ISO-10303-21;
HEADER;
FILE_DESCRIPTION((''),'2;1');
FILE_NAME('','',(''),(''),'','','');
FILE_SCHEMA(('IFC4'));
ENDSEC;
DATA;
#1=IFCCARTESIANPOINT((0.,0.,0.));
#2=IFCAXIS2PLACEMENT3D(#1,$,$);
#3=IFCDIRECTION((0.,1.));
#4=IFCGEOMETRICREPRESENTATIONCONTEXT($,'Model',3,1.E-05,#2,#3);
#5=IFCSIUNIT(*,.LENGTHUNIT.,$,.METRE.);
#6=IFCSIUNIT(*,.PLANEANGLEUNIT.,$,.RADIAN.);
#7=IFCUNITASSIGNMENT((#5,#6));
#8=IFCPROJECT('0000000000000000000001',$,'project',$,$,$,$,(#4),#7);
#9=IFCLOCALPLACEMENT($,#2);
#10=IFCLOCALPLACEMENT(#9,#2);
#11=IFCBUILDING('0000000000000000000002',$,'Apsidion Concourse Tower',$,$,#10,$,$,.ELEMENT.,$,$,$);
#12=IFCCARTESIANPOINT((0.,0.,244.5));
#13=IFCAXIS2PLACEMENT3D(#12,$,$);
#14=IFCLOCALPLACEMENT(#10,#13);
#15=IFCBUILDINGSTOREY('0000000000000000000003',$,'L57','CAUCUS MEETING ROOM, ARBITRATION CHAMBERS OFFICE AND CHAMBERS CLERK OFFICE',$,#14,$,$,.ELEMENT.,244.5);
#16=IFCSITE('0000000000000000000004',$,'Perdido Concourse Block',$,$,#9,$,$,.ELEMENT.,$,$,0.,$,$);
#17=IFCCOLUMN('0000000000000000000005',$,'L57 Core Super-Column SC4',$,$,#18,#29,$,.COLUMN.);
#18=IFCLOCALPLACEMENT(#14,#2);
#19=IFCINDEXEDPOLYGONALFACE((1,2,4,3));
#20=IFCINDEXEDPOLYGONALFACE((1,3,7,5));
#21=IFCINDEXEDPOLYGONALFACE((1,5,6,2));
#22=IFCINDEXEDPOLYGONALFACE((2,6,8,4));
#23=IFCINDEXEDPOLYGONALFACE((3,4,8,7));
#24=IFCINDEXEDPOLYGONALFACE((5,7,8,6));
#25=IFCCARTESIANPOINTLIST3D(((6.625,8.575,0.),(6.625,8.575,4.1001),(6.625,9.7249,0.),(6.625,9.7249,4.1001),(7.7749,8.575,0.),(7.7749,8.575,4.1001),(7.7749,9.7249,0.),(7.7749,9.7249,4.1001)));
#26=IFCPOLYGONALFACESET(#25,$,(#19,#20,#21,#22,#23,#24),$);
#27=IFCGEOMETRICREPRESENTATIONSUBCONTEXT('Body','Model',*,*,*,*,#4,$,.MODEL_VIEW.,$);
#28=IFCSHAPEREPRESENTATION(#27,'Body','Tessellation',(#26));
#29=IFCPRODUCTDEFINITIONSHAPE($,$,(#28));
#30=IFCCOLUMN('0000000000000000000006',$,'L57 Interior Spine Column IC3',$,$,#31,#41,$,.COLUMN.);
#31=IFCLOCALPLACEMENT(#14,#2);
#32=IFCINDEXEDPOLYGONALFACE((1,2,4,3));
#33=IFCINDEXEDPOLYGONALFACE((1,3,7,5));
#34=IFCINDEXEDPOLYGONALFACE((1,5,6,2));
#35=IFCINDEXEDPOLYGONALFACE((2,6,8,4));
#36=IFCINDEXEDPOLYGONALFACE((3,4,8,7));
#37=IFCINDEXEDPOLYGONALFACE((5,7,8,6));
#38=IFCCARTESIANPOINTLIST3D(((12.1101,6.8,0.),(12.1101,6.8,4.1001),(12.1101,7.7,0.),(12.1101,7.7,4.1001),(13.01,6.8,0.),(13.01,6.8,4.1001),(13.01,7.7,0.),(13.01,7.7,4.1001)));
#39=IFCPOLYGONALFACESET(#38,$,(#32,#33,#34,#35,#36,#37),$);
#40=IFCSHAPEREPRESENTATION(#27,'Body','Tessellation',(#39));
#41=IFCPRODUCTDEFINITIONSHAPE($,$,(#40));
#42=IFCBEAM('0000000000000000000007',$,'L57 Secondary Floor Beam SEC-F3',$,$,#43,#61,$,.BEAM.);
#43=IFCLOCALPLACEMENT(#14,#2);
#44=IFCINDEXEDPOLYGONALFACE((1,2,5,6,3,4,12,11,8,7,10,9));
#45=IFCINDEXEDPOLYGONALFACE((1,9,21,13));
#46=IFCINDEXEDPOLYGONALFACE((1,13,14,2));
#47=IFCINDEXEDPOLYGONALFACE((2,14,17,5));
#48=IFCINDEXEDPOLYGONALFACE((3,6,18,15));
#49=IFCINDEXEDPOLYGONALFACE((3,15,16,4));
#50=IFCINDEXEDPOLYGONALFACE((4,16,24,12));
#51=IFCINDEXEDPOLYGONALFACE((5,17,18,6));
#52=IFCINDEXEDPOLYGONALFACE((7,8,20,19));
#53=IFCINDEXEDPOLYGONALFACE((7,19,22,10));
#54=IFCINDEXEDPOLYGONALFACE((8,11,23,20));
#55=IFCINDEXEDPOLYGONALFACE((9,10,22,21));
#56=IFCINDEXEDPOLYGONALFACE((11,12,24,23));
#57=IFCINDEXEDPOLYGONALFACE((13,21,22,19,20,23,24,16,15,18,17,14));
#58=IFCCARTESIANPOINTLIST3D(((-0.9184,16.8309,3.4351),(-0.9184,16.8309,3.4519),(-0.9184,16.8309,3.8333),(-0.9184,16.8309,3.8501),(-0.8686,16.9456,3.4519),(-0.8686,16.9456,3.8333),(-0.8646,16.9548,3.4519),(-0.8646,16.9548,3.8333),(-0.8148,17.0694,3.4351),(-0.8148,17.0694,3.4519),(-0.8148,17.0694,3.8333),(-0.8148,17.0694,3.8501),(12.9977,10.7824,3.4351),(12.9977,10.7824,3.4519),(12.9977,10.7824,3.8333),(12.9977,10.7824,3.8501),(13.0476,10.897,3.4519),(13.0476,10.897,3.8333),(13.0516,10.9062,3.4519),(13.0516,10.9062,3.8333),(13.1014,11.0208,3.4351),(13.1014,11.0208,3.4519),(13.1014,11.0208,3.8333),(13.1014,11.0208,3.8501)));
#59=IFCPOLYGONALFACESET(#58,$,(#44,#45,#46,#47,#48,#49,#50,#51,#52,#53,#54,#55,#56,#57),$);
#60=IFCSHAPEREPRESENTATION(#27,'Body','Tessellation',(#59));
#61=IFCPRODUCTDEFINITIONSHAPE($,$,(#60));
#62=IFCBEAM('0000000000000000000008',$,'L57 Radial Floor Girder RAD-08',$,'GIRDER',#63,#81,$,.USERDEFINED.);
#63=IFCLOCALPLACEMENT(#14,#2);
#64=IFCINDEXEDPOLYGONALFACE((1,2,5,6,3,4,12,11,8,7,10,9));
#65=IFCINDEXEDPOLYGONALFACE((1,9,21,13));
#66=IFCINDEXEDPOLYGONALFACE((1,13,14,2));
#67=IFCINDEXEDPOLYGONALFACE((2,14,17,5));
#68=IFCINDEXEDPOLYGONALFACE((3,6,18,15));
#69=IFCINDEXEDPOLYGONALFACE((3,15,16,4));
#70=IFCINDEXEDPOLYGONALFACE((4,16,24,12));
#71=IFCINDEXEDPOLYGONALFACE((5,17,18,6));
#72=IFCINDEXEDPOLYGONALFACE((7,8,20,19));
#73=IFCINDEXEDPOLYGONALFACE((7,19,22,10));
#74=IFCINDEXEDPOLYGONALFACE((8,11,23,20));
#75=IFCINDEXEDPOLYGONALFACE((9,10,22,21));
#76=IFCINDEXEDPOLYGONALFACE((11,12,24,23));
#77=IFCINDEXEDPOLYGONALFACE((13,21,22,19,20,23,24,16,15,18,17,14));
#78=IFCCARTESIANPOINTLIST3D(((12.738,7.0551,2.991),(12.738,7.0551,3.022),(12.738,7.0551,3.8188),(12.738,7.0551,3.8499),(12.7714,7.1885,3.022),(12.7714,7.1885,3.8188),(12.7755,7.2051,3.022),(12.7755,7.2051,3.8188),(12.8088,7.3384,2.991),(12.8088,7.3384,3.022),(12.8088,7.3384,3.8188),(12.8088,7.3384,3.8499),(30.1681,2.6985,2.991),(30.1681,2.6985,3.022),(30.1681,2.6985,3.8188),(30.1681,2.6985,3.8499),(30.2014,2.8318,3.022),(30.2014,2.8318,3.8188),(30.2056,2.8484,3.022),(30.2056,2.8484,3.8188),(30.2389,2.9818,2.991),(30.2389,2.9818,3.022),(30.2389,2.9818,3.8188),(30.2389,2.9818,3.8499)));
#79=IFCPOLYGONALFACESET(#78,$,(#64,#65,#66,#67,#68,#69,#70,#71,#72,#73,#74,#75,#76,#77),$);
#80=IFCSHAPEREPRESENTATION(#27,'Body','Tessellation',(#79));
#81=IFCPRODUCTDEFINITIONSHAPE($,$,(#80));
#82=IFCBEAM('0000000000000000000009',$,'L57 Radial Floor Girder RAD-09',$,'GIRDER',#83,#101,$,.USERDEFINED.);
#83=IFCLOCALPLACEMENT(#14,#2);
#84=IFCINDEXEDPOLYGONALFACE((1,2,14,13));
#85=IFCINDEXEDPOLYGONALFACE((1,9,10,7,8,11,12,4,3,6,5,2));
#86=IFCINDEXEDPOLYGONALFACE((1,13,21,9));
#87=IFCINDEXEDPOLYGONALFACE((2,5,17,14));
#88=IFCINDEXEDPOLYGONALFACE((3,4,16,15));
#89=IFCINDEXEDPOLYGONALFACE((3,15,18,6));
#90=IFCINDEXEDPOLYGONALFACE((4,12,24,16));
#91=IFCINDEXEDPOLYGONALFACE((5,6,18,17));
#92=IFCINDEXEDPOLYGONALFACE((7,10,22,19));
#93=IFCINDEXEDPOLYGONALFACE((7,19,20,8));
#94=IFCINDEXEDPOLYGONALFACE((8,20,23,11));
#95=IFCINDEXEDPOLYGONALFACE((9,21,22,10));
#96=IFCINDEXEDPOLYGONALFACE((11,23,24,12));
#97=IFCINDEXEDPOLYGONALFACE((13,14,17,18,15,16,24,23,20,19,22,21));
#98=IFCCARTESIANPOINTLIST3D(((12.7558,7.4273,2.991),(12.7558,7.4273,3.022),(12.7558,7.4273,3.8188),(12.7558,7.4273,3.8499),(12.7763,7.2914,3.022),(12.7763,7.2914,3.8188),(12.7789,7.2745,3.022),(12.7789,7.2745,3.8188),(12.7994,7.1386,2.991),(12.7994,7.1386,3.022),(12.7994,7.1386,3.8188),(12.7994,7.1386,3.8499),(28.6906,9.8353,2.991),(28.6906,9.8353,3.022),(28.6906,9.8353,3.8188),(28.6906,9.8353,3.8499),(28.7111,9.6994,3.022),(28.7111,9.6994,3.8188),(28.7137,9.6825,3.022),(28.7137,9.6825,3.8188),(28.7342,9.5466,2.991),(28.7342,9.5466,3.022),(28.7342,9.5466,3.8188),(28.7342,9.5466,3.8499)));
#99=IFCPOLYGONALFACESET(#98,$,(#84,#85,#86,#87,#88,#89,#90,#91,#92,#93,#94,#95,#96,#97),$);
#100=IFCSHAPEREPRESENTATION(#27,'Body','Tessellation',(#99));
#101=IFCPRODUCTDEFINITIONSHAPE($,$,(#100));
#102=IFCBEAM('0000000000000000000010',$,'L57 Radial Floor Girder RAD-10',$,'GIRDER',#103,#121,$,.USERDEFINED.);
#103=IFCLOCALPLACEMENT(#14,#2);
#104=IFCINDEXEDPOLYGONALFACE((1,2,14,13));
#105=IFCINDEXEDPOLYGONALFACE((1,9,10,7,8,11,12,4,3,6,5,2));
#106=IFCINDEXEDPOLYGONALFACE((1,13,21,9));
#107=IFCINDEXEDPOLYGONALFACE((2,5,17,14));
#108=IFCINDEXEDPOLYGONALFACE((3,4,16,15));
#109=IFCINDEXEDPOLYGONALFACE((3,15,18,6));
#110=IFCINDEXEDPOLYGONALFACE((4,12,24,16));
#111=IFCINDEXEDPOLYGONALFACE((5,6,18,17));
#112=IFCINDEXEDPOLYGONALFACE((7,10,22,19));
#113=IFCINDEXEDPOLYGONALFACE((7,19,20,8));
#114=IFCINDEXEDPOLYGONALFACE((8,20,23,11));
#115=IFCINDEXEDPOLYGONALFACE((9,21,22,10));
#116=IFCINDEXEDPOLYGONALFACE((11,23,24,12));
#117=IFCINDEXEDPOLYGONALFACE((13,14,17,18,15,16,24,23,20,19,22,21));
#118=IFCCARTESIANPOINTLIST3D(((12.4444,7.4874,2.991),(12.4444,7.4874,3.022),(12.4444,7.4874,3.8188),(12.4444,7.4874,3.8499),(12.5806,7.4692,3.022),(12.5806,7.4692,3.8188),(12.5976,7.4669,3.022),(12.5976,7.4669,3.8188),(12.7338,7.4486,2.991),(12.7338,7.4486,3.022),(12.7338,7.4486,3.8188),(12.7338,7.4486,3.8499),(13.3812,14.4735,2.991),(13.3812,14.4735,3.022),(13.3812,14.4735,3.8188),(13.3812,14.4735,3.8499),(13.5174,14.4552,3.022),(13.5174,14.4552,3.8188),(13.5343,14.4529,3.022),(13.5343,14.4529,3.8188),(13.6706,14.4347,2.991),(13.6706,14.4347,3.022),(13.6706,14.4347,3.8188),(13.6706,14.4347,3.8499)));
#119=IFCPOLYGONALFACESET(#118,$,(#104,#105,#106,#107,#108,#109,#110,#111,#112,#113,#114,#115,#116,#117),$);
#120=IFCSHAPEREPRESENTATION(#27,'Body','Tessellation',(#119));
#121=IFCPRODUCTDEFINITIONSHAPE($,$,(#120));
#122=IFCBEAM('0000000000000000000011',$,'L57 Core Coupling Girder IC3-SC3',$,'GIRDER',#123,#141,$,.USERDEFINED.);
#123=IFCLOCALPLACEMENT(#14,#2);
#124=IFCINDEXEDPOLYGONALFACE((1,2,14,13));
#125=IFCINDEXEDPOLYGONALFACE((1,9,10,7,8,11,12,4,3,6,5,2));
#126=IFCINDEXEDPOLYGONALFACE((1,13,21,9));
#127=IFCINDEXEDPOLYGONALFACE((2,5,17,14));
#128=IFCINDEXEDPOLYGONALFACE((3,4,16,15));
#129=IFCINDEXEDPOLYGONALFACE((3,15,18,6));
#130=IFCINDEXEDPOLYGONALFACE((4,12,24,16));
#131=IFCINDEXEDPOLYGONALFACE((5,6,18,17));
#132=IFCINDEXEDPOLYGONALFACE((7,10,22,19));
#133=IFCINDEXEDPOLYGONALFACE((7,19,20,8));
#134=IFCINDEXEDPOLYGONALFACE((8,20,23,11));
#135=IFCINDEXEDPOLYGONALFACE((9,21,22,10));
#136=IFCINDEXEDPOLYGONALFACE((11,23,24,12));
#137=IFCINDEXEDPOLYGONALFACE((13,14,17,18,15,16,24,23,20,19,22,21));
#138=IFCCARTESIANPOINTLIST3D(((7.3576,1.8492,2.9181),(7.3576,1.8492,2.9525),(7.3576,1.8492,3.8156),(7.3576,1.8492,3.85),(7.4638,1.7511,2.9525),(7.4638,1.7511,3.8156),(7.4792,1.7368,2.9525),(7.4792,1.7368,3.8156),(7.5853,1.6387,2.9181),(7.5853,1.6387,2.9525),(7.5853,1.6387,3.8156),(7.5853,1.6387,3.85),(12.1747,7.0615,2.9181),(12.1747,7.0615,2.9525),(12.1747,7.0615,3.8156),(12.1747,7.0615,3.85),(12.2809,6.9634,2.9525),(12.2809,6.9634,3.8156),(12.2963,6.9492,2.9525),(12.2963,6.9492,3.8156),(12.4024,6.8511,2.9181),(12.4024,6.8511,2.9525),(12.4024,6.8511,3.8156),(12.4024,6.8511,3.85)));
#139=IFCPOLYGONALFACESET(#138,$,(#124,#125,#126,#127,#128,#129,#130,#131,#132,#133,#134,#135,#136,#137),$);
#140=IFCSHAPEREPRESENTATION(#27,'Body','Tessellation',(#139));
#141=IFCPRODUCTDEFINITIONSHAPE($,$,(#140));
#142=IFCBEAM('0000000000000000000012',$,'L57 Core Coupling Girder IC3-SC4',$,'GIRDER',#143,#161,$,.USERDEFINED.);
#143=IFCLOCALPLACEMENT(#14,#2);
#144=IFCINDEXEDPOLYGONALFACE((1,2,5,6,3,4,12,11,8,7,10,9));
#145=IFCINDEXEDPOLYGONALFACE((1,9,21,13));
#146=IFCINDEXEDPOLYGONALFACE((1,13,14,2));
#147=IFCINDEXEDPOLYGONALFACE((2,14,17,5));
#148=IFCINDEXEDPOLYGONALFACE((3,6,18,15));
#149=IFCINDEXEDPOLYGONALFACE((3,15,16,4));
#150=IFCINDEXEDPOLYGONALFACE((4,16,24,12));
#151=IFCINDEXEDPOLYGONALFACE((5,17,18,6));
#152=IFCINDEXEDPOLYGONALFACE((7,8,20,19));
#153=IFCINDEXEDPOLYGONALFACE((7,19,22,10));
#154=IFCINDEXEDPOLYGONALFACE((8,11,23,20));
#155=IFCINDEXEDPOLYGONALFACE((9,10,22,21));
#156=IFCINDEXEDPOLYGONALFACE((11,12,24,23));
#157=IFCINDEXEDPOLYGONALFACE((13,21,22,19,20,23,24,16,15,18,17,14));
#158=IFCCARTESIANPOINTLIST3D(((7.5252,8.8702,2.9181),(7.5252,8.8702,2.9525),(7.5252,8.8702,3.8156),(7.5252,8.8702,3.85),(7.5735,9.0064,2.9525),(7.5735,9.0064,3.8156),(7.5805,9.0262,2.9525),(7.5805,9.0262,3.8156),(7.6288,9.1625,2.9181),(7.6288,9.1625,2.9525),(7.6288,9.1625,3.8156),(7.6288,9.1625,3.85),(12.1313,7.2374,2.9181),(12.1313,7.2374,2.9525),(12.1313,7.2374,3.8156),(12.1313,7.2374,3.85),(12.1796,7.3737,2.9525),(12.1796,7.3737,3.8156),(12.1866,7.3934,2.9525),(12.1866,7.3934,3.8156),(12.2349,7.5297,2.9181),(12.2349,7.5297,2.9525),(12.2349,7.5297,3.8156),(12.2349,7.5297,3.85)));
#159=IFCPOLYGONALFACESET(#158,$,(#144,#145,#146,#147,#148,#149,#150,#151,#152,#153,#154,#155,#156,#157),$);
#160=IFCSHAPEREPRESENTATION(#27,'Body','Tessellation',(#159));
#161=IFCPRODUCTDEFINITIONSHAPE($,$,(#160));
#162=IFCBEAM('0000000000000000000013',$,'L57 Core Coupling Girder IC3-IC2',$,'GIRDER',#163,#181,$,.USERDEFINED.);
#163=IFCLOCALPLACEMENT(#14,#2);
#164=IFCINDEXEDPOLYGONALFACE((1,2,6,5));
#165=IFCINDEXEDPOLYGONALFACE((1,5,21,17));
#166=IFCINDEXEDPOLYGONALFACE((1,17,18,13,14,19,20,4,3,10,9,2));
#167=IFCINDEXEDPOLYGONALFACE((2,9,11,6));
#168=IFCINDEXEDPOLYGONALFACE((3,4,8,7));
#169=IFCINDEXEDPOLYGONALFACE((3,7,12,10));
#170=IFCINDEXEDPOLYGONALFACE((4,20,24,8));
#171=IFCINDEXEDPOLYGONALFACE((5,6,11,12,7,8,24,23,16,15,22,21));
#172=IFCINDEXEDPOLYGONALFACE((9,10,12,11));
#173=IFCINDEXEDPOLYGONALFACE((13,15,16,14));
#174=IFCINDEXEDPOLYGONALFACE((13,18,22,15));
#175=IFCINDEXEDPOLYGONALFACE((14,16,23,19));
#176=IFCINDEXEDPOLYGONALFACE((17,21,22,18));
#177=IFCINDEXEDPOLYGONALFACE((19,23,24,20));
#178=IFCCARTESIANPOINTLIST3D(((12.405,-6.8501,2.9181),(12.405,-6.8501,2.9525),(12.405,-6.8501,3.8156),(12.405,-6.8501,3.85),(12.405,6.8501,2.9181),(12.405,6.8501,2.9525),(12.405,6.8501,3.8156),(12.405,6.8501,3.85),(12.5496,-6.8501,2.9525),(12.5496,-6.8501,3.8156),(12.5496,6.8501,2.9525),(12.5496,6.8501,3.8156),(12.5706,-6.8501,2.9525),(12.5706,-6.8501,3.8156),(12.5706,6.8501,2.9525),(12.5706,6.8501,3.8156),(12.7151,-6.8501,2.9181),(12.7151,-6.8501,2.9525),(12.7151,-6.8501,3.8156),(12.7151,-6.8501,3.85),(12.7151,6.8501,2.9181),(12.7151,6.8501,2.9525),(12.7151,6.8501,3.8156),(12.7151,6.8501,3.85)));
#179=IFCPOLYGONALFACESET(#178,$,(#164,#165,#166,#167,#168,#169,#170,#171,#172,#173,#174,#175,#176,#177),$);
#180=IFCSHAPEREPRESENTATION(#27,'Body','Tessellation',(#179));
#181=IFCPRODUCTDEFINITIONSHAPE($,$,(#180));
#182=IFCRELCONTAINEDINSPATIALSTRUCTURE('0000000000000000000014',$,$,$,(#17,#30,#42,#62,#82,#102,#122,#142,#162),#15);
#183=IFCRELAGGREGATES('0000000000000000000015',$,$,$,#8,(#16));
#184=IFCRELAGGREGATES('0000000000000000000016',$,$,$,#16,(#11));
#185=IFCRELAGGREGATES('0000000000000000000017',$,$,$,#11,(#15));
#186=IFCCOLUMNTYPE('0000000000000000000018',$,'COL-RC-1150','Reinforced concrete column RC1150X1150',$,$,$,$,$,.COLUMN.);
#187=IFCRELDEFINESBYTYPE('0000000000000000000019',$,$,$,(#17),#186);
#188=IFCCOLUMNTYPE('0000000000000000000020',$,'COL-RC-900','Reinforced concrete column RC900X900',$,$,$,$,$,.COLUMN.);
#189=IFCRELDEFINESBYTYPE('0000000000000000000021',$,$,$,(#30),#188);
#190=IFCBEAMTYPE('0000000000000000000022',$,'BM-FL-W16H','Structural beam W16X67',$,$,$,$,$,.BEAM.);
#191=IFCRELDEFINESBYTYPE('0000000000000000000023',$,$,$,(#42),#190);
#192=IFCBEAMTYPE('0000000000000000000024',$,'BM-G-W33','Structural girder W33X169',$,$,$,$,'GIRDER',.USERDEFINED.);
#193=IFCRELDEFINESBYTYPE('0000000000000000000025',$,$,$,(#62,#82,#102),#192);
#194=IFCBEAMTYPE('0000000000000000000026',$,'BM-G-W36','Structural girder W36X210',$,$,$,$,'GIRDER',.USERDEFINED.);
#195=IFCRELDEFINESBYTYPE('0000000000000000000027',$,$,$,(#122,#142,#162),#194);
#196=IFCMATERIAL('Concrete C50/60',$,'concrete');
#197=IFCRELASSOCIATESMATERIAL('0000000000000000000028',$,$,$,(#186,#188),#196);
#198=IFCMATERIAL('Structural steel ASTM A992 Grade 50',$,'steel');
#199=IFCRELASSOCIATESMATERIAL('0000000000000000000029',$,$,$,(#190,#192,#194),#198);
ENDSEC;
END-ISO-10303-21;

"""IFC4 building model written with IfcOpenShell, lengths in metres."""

from ifc_helpers import new_model, si_unit, direction, frame, origin, origin_2d, place, context, subcontext, project, spatial, rectangle, i_section, extrude, material, material_profile, profile_set, type_object, element, save


model = new_model("IFC4")

# Units and contexts
model_context = context("Model", 3, precision=1e-05, world=origin(), true_north=direction((0.0, 1.0)))
body_context = subcontext(model_context, "Body", "Model", "MODEL_VIEW")
ifc_project = project(units=[si_unit("LENGTHUNIT", "METRE"), si_unit("PLANEANGLEUNIT", "RADIAN")], contexts=[model_context])

# Site, building, storey
site_placement = place(None, origin())
site = spatial("IfcSite", under=ifc_project, at=site_placement, Name="Perdido Concourse Block", CompositionType="ELEMENT", RefElevation=0.0)
building_placement = place(site_placement, origin())
building = spatial("IfcBuilding", under=site, at=building_placement, Name="Apsidion Concourse Tower", CompositionType="ELEMENT")
storey_placement = place(building_placement, frame((0.0, 0.0, 244.5)))
storey = spatial("IfcBuildingStorey", under=building, at=storey_placement, Name="L57", Description="CAUCUS MEETING ROOM, ARBITRATION CHAMBERS OFFICE AND CHAMBERS CLERK OFFICE", CompositionType="ELEMENT", Elevation=244.5)

# Columns
ifc_material_1 = material(Name="Concrete C50/60", Category="concrete")
ifc_material_profile_1 = material_profile(ifc_material_1, rectangle(XDim=1.1499, YDim=1.1499, at=origin_2d()), Name="RC 1150x1150")
ifc_profile_set_1 = profile_set([ifc_material_profile_1], Name="Concrete C50/60")
column_type_1 = type_object("IfcColumnType", Name="COL-RC-1150", Description="Reinforced concrete column RC1150X1150", PredefinedType="COLUMN", material=ifc_profile_set_1)
column_1_placement = place(storey_placement, frame((7.2, 9.1499, 0.0), z_axis=(0.0, 0.0, 1.0), x_axis=(1.0, 0.0, 0.0)))
element("IfcColumn", 1, at=column_1_placement, inside=storey, type_object=column_type_1, Name="L57 Core Super-Column SC4", PredefinedType="COLUMN", context=body_context, shape_type="SweptSolid", body=[
    extrude(rectangle(XDim=1.1499, YDim=1.1499, at=origin_2d()), origin(), (0.0, 0.0, 1.0), 4.1001),
])
ifc_material_profile_2 = material_profile(ifc_material_1, rectangle(XDim=0.8999, YDim=0.8999, at=origin_2d()), Name="RC 900x900")
ifc_profile_set_2 = profile_set([ifc_material_profile_2], Name="Concrete C50/60")
column_type_2 = type_object("IfcColumnType", Name="COL-RC-900", Description="Reinforced concrete column RC900X900", PredefinedType="COLUMN", material=ifc_profile_set_2)
column_2_placement = place(storey_placement, frame((12.5601, 7.25, 0.0), z_axis=(0.0, 0.0, 1.0), x_axis=(1.0, 0.0, 0.0)))
element("IfcColumn", 2, at=column_2_placement, inside=storey, type_object=column_type_2, Name="L57 Interior Spine Column IC3", PredefinedType="COLUMN", context=body_context, shape_type="SweptSolid", body=[
    extrude(rectangle(XDim=0.8999, YDim=0.8999, at=origin_2d()), origin(), (0.0, 0.0, 1.0), 4.1001),
])

# Beams
ifc_material_2 = material(Name="Structural steel ASTM A992 Grade 50", Category="steel")
ifc_material_profile_3 = material_profile(ifc_material_2, i_section(OverallWidth=0.26, OverallDepth=0.415, WebThickness=0.01, FlangeThickness=0.0168, at=origin_2d()), Name="W16X67")
ifc_profile_set_3 = profile_set([ifc_material_profile_3], Name="Structural steel ASTM A992 Grade 50")
beam_type_1 = type_object("IfcBeamType", Name="BM-FL-W16H", Description="Structural beam W16X67", PredefinedType="BEAM", material=ifc_profile_set_3)
beam_1_placement = place(storey_placement, frame((13.0496, 10.9016, 3.6426), z_axis=(-0.917117, 0.398617, 0.0), x_axis=(-0.398617, -0.917117, 0.0)))
element("IfcBeam", 3, at=beam_1_placement, inside=storey, type_object=beam_type_1, Name="L57 Secondary Floor Beam SEC-F3", PredefinedType="BEAM", context=body_context, shape_type="SweptSolid", body=[
    extrude(i_section(OverallWidth=0.26, OverallDepth=0.415, WebThickness=0.01, FlangeThickness=0.0168, at=origin_2d()), origin(), (0.0, 0.0, 1.0), 15.1738),
])
ifc_material_profile_4 = material_profile(ifc_material_2, i_section(OverallWidth=0.292, OverallDepth=0.8589, WebThickness=0.0171, FlangeThickness=0.031, at=origin_2d()), Name="W33X169")
ifc_profile_set_4 = profile_set([ifc_material_profile_4], Name="Structural steel ASTM A992 Grade 50")
beam_type_2 = type_object("IfcBeamType", Name="BM-G-W33", Description="Structural girder W33X169", ElementType="GIRDER", PredefinedType="USERDEFINED", material=ifc_profile_set_4)
beam_2_placement = place(storey_placement, frame((12.7734, 7.1968, 3.4204), z_axis=(0.970154, -0.242491, 0.0), x_axis=(0.242491, 0.970154, 0.0)))
element("IfcBeam", 4, at=beam_2_placement, inside=storey, type_object=beam_type_2, Name="L57 Radial Floor Girder RAD-08", ObjectType="GIRDER", PredefinedType="USERDEFINED", context=body_context, shape_type="SweptSolid", body=[
    extrude(i_section(OverallWidth=0.292, OverallDepth=0.8589, WebThickness=0.0171, FlangeThickness=0.031, at=origin_2d()), origin(), (0.0, 0.0, 1.0), 17.9663),
])
beam_3_placement = place(storey_placement, frame((12.7776, 7.283, 3.4204), z_axis=(0.988774, 0.149417, 0.0), x_axis=(-0.149417, 0.988774, 0.0)))
element("IfcBeam", 5, at=beam_3_placement, inside=storey, type_object=beam_type_2, Name="L57 Radial Floor Girder RAD-09", ObjectType="GIRDER", PredefinedType="USERDEFINED", context=body_context, shape_type="SweptSolid", body=[
    extrude(i_section(OverallWidth=0.292, OverallDepth=0.8589, WebThickness=0.0171, FlangeThickness=0.031, at=origin_2d()), origin(), (0.0, 0.0, 1.0), 16.1157),
])
beam_4_placement = place(storey_placement, frame((12.5891, 7.468, 3.4204), z_axis=(0.132901, 0.991129, 0.0), x_axis=(-0.991129, 0.132901, 0.0)))
element("IfcBeam", 6, at=beam_4_placement, inside=storey, type_object=beam_type_2, Name="L57 Radial Floor Girder RAD-10", ObjectType="GIRDER", PredefinedType="USERDEFINED", context=body_context, shape_type="SweptSolid", body=[
    extrude(i_section(OverallWidth=0.292, OverallDepth=0.8589, WebThickness=0.0171, FlangeThickness=0.031, at=origin_2d()), origin(), (0.0, 0.0, 1.0), 7.0486),
])
ifc_material_profile_5 = material_profile(ifc_material_2, i_section(OverallWidth=0.3101, OverallDepth=0.9319, WebThickness=0.021, FlangeThickness=0.0344, at=origin_2d()), Name="W36X210")
ifc_profile_set_5 = profile_set([ifc_material_profile_5], Name="Structural steel ASTM A992 Grade 50")
beam_type_3 = type_object("IfcBeamType", Name="BM-G-W36", Description="Structural girder W36X210", ElementType="GIRDER", PredefinedType="USERDEFINED", material=ifc_profile_set_5)
beam_5_placement = place(storey_placement, frame((12.2886, 6.9563, 3.384), z_axis=(-0.678713, -0.734404, 0.0), x_axis=(0.734404, -0.678713, 0.0)))
element("IfcBeam", 7, at=beam_5_placement, inside=storey, type_object=beam_type_3, Name="L57 Core Coupling Girder IC3-SC3", ObjectType="GIRDER", PredefinedType="USERDEFINED", context=body_context, shape_type="SweptSolid", body=[
    extrude(i_section(OverallWidth=0.3101, OverallDepth=0.9319, WebThickness=0.021, FlangeThickness=0.0344, at=origin_2d()), origin(), (0.0, 0.0, 1.0), 7.0974),
])
beam_6_placement = place(storey_placement, frame((12.1831, 7.3835, 3.384), z_axis=(-0.942534, 0.334111, 0.0), x_axis=(-0.334111, -0.942534, 0.0)))
element("IfcBeam", 8, at=beam_6_placement, inside=storey, type_object=beam_type_3, Name="L57 Core Coupling Girder IC3-SC4", ObjectType="GIRDER", PredefinedType="USERDEFINED", context=body_context, shape_type="SweptSolid", body=[
    extrude(i_section(OverallWidth=0.3101, OverallDepth=0.9319, WebThickness=0.021, FlangeThickness=0.0344, at=origin_2d()), origin(), (0.0, 0.0, 1.0), 4.887),
])
beam_7_placement = place(storey_placement, frame((12.5601, 6.8501, 3.384), z_axis=(0.0, -1.0, 0.0), x_axis=(1.0, 0.0, 0.0)))
element("IfcBeam", 9, at=beam_7_placement, inside=storey, type_object=beam_type_3, Name="L57 Core Coupling Girder IC3-IC2", ObjectType="GIRDER", PredefinedType="USERDEFINED", context=body_context, shape_type="SweptSolid", body=[
    extrude(i_section(OverallWidth=0.3101, OverallDepth=0.9319, WebThickness=0.021, FlangeThickness=0.0344, at=origin_2d()), origin(), (0.0, 0.0, 1.0), 13.7002),
])

save(model, "model.ifc")
